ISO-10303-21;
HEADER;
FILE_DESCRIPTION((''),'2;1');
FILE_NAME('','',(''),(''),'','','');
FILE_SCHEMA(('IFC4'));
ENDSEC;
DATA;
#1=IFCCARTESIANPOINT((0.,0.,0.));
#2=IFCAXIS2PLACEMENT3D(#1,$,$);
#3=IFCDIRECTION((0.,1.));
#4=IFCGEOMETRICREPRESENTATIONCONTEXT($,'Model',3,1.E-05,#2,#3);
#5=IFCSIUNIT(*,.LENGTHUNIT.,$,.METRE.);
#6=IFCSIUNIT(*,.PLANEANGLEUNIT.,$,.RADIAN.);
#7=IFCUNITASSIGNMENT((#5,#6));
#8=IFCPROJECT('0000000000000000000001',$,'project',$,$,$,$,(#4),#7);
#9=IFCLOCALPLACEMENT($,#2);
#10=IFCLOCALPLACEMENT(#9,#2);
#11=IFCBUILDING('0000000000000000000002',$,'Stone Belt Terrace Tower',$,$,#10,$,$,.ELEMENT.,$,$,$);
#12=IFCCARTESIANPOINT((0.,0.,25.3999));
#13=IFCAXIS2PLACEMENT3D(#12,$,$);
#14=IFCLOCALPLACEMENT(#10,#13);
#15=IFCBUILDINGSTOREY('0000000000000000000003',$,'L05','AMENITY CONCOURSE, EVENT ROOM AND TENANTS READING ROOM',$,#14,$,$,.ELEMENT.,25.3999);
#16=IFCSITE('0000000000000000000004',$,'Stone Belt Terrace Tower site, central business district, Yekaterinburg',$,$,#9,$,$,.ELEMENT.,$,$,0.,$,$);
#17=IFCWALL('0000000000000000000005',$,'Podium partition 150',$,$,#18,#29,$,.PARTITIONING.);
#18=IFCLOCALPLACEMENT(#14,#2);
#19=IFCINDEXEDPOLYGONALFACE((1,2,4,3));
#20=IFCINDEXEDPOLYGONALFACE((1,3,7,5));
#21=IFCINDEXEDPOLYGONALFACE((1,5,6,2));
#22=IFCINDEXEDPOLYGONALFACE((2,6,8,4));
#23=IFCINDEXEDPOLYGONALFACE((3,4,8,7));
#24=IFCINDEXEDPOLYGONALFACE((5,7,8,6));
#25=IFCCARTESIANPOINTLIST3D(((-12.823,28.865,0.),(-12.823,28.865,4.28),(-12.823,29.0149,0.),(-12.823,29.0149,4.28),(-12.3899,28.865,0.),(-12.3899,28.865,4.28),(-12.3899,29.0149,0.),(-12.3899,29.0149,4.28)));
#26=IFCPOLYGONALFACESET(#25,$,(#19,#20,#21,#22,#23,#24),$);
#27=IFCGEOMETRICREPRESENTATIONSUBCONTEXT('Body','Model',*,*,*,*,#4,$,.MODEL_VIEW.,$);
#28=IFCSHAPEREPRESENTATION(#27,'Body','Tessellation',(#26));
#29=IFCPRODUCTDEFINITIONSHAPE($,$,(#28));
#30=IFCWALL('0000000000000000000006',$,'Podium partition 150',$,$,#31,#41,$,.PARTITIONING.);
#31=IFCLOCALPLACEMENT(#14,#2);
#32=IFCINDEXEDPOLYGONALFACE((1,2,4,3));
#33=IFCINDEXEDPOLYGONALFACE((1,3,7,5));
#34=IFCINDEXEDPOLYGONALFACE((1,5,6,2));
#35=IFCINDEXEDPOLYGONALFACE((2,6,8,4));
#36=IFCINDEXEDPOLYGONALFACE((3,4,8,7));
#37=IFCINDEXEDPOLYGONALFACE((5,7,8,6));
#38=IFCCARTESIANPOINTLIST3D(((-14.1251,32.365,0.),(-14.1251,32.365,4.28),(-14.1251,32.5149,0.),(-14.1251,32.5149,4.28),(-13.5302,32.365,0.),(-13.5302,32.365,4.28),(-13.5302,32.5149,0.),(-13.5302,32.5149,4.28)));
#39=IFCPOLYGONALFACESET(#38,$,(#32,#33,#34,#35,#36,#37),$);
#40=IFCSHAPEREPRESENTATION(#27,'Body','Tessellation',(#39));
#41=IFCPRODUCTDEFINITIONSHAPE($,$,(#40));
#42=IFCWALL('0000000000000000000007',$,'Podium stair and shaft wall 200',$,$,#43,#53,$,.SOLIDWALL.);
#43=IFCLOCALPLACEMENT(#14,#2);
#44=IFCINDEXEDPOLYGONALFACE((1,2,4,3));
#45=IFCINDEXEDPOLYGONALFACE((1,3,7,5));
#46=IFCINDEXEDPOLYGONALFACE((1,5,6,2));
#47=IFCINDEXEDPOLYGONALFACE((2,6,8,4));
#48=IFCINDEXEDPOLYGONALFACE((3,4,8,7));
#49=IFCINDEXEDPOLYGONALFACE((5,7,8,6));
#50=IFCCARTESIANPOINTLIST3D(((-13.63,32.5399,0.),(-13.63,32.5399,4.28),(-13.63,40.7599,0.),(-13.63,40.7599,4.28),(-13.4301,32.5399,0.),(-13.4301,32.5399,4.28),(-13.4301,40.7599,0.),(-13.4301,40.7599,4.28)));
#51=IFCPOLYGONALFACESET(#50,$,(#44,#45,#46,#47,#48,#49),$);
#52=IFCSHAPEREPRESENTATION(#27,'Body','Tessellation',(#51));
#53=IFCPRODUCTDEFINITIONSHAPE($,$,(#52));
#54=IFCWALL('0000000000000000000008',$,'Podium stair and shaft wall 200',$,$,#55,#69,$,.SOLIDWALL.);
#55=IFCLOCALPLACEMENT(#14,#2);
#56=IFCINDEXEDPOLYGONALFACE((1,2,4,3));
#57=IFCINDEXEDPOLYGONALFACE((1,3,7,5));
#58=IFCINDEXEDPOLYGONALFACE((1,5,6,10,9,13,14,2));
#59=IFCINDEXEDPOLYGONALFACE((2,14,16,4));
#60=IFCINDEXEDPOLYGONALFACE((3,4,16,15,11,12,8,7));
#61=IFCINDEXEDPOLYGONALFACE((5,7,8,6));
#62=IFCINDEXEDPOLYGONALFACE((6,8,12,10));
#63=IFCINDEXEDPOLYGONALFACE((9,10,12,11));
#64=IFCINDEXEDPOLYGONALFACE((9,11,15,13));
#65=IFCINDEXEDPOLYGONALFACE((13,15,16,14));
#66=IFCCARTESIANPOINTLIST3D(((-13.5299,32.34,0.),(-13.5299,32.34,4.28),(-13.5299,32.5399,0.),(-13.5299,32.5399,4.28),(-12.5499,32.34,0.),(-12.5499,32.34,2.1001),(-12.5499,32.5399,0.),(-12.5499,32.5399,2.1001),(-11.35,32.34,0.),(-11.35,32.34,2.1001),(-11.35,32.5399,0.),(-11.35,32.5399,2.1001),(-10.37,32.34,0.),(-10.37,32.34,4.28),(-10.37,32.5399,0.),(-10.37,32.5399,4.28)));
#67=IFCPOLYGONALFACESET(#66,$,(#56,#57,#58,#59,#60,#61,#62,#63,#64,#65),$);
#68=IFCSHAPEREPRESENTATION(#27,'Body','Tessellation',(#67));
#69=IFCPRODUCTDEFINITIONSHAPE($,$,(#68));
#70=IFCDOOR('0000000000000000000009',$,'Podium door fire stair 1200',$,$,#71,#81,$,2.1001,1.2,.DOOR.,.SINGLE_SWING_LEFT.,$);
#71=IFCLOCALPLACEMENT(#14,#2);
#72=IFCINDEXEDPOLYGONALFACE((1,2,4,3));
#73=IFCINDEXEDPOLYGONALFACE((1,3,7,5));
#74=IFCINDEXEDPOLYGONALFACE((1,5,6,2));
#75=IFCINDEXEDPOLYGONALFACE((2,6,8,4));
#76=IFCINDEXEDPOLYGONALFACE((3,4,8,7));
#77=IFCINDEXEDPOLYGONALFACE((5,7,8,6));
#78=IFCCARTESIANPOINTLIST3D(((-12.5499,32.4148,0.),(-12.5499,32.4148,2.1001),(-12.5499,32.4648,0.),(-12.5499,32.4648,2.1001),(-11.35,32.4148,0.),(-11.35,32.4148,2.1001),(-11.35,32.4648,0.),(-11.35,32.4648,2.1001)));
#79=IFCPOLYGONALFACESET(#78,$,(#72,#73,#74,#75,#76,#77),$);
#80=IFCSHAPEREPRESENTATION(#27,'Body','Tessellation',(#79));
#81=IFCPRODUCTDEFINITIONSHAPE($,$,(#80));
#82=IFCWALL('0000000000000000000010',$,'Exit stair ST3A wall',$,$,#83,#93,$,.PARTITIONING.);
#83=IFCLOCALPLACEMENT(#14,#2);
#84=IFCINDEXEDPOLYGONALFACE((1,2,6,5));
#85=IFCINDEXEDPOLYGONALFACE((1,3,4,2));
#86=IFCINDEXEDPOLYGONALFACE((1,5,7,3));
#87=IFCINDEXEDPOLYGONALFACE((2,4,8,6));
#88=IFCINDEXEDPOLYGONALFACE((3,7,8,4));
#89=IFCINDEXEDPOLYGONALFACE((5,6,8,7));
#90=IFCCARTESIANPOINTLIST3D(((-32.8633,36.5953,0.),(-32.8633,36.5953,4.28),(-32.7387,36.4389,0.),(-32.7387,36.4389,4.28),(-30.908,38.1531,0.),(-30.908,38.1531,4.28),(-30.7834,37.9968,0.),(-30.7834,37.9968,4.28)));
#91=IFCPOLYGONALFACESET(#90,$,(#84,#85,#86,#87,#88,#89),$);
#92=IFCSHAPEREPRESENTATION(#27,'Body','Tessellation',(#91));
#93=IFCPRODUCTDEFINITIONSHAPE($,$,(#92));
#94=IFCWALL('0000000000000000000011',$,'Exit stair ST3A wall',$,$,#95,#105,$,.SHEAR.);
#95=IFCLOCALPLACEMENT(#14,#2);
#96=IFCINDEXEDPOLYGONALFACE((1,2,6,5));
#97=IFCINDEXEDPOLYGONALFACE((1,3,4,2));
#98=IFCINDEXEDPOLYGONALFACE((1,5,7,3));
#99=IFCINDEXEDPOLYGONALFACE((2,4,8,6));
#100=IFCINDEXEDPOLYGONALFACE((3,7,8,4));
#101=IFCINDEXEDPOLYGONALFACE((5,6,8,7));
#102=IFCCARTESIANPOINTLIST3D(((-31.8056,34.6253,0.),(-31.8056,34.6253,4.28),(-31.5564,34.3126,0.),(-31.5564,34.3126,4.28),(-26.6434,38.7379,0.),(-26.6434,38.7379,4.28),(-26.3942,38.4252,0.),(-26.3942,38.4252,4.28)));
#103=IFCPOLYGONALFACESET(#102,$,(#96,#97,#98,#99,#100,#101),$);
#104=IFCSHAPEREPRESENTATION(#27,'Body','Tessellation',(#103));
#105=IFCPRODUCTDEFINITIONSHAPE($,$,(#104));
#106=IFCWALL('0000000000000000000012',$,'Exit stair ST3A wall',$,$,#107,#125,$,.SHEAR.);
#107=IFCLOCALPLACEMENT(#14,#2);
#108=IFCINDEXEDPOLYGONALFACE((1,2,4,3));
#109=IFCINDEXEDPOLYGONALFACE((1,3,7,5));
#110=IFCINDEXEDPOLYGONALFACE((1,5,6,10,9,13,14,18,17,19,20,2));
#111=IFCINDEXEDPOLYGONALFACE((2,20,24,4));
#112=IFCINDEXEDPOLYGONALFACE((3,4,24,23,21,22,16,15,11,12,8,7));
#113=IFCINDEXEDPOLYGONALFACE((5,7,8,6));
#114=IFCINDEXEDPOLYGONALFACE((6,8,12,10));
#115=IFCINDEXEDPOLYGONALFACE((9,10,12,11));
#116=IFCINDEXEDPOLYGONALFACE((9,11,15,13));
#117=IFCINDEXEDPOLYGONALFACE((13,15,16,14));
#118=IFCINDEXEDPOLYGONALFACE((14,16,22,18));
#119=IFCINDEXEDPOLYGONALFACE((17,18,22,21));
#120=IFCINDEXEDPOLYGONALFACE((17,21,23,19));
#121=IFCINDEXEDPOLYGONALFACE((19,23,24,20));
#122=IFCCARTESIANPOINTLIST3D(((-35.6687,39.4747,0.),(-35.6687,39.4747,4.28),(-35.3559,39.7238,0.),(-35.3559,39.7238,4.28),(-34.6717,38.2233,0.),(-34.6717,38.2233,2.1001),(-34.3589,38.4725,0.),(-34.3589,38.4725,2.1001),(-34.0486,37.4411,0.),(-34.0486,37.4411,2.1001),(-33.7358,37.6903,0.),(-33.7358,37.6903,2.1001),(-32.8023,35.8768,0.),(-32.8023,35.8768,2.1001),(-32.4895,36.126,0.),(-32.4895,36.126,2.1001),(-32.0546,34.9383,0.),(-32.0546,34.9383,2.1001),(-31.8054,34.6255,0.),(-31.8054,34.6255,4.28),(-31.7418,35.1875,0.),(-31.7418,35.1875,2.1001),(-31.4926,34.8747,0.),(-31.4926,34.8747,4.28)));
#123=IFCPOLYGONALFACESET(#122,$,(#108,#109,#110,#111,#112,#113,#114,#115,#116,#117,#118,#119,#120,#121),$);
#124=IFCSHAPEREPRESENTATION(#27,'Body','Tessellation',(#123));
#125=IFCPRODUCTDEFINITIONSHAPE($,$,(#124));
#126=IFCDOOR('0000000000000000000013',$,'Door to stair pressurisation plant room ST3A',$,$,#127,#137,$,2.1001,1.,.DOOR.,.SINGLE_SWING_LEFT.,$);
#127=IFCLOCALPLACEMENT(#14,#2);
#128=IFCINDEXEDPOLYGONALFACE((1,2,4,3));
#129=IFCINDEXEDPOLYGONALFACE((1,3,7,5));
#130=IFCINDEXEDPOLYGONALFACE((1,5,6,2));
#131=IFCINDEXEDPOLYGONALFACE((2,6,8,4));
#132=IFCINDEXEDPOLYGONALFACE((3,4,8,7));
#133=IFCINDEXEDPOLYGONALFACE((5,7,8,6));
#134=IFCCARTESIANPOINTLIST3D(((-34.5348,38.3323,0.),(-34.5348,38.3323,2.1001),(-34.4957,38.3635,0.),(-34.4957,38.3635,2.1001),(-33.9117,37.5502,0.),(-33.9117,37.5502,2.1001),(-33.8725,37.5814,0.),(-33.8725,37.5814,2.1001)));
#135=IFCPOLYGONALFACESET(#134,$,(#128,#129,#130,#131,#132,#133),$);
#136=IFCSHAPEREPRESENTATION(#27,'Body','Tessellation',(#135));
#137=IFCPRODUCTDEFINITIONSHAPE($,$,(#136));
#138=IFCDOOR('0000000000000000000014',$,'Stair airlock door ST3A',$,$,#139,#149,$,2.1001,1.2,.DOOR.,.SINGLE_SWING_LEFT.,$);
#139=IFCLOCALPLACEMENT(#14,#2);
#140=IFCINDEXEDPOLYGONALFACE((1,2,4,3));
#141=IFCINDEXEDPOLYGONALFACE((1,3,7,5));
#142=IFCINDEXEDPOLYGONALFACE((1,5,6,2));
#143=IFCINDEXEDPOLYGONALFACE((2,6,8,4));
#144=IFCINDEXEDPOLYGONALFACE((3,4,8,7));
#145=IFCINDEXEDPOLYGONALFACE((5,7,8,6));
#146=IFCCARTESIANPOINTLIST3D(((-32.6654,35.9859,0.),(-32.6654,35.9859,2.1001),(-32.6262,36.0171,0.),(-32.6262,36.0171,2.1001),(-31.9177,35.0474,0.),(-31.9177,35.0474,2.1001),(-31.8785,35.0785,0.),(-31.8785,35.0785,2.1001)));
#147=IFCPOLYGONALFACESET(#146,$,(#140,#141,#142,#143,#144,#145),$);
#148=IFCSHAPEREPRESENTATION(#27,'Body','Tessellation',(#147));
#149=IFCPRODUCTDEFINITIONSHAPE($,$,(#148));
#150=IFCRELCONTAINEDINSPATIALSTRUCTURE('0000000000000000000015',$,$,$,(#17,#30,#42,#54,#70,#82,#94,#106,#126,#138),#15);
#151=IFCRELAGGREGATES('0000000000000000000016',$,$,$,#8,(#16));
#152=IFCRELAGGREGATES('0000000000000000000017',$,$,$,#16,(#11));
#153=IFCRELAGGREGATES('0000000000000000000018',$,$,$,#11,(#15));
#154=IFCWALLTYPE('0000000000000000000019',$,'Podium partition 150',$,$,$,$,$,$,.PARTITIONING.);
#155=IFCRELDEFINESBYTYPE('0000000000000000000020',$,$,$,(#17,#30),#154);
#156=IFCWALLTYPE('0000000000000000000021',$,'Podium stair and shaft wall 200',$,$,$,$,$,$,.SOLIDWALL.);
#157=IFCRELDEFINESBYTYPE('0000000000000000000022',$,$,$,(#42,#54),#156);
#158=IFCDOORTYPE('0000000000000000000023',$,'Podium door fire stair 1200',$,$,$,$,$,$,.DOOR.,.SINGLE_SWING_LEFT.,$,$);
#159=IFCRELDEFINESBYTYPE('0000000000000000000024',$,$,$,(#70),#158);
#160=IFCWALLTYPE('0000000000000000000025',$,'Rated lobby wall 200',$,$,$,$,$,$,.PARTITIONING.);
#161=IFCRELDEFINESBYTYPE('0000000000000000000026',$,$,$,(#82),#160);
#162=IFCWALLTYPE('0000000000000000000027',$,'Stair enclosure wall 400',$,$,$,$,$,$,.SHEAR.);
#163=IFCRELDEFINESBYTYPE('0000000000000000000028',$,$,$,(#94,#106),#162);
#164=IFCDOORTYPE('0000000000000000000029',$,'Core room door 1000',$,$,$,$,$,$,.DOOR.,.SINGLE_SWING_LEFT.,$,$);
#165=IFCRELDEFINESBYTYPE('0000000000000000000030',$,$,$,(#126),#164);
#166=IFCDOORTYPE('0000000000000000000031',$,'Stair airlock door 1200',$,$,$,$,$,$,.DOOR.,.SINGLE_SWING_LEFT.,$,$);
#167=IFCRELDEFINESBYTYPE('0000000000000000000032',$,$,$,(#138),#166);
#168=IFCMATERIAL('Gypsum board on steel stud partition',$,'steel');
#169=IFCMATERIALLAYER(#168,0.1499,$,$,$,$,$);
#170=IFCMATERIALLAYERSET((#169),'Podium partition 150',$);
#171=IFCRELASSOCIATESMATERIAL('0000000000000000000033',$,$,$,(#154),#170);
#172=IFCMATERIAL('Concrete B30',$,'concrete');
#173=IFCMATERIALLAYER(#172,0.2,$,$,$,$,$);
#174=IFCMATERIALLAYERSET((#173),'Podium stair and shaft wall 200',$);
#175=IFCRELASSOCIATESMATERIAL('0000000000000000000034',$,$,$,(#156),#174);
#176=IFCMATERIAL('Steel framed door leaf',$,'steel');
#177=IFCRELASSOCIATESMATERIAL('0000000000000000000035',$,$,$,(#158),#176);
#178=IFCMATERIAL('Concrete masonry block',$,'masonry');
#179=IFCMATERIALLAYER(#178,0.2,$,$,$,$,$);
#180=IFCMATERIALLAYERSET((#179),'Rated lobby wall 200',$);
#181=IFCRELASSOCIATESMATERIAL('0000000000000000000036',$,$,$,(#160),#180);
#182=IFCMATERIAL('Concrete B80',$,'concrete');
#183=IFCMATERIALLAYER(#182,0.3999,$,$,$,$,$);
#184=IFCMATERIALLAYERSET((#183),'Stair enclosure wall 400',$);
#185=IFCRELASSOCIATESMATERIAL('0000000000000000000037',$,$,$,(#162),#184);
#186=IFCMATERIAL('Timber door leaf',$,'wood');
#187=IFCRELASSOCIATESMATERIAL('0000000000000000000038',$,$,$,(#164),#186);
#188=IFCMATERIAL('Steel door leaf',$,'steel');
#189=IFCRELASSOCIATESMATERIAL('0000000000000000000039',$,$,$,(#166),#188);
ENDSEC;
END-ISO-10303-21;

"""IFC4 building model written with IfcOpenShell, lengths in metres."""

from ifc_helpers import new_model, si_unit, direction, frame, frame_2d, origin, place, context, subcontext, project, spatial, rectangle, extrude, material, layer, layer_set, type_object, element, fill, save


model = new_model("IFC4")

# Units and contexts
model_context = context("Model", 3, precision=1e-05, world=origin(), true_north=direction((0.0, 1.0)))
body_context = subcontext(model_context, "Body", "Model", "MODEL_VIEW")
ifc_project = project(units=[si_unit("LENGTHUNIT", "METRE"), si_unit("PLANEANGLEUNIT", "RADIAN")], contexts=[model_context])

# Site, building, storey
site_placement = place(None, origin())
site = spatial("IfcSite", under=ifc_project, at=site_placement, Name="Stone Belt Terrace Tower site, central business district, Yekaterinburg", CompositionType="ELEMENT", RefElevation=0.0)
building_placement = place(site_placement, origin())
building = spatial("IfcBuilding", under=site, at=building_placement, Name="Stone Belt Terrace Tower", CompositionType="ELEMENT")
storey_placement = place(building_placement, frame((0.0, 0.0, 25.3999)))
storey = spatial("IfcBuildingStorey", under=building, at=storey_placement, Name="L05", Description="AMENITY CONCOURSE, EVENT ROOM AND TENANTS READING ROOM", CompositionType="ELEMENT", Elevation=25.3999)

# Shared definitions
ifc_material_1 = material(Name="Concrete B80", Category="concrete")

# Shared definitions
ifc_material_2 = material(Name="Concrete B30", Category="concrete")
ifc_material_3 = material(Name="Gypsum board on steel stud partition", Category="steel")
ifc_layer_1 = layer(ifc_material_3, 0.1499)
ifc_layer_set_1 = layer_set([ifc_layer_1], Name="Podium partition 150")
wall_type_1 = type_object("IfcWallType", Name="Podium partition 150", PredefinedType="PARTITIONING", material=ifc_layer_set_1)

# Walls
wall_1_placement = place(storey_placement, frame((-12.823, 28.9399, 0.0), z_axis=(0.0, 0.0, 1.0), x_axis=(1.0, 0.0, 0.0)))
element("IfcWall", 1, at=wall_1_placement, inside=storey, type_object=wall_type_1, Name="Podium partition 150", PredefinedType="PARTITIONING", context=body_context, shape_type="SweptSolid", body=[
    extrude(rectangle(XDim=0.4331, YDim=0.1499, at=frame_2d((0.2166, 0.0))), origin(), (0.0, 0.0, 1.0), 4.28),
])
wall_2_placement = place(storey_placement, frame((-14.125, 32.4399, 0.0), z_axis=(0.0, 0.0, 1.0), x_axis=(1.0, 0.0, 0.0)))
element("IfcWall", 2, at=wall_2_placement, inside=storey, type_object=wall_type_1, Name="Podium partition 150", PredefinedType="PARTITIONING", context=body_context, shape_type="SweptSolid", body=[
    extrude(rectangle(XDim=0.595, YDim=0.1499, at=frame_2d((0.2974, 0.0))), origin(), (0.0, 0.0, 1.0), 4.28),
])
ifc_layer_2 = layer(ifc_material_2, 0.2)
ifc_layer_set_2 = layer_set([ifc_layer_2], Name="Podium stair and shaft wall 200")
wall_type_2 = type_object("IfcWallType", Name="Podium stair and shaft wall 200", PredefinedType="SOLIDWALL", material=ifc_layer_set_2)
wall_3_placement = place(storey_placement, frame((-13.53, 32.54, 0.0), z_axis=(0.0, 0.0, 1.0), x_axis=(0.0, 1.0, 0.0)))
element("IfcWall", 3, at=wall_3_placement, inside=storey, type_object=wall_type_2, Name="Podium stair and shaft wall 200", PredefinedType="SOLIDWALL", context=body_context, shape_type="SweptSolid", body=[
    extrude(rectangle(XDim=8.22, YDim=0.2, at=frame_2d((4.1099, 0.0))), origin(), (0.0, 0.0, 1.0), 4.28),
])

# Wall, opening, door
wall_4_placement = place(storey_placement, frame((-13.53, 32.4399, 0.0), z_axis=(0.0, 0.0, 1.0), x_axis=(1.0, 0.0, 0.0)))
wall_4 = element("IfcWall", 4, at=wall_4_placement, inside=storey, type_object=wall_type_2, Name="Podium stair and shaft wall 200", PredefinedType="SOLIDWALL", context=body_context, shape_type="SweptSolid", body=[
    extrude(rectangle(XDim=3.1599, YDim=0.2, at=frame_2d((1.5801, 0.0))), origin(), (0.0, 0.0, 1.0), 4.28),
])
opening_1_placement = place(wall_4_placement, frame((0.98, 0.0, 0.0)))
opening_1 = element("IfcOpeningElement", 5, at=opening_1_placement, cuts=wall_4, PredefinedType="OPENING", context=body_context, shape_type="SweptSolid", body=[
    extrude(rectangle(XDim=1.2, YDim=2.1001, at=frame_2d((0.6001, 1.05))), frame((0.0, 0.1099, 0.0), z_axis=(0.0, -1.0, 0.0), x_axis=(1.0, 0.0, 0.0)), (0.0, 0.0, 1.0), 0.22),
])
ifc_material_4 = material(Name="Steel framed door leaf", Category="steel")
door_type_1 = type_object("IfcDoorType", Name="Podium door fire stair 1200", OperationType="SINGLE_SWING_LEFT", PredefinedType="DOOR", material=ifc_material_4)
door_1_placement = place(opening_1_placement, origin())
door_1 = element("IfcDoor", 6, at=door_1_placement, inside=storey, type_object=door_type_1, Name="Podium door fire stair 1200", OperationType="SINGLE_SWING_LEFT", OverallHeight=2.1001, OverallWidth=1.2, PredefinedType="DOOR", context=body_context, shape_type="SweptSolid", body=[
    extrude(rectangle(XDim=1.2, YDim=2.1001, at=frame_2d((0.6001, 1.05))), frame((0.0, 0.0249, 0.0), z_axis=(0.0, -1.0, 0.0), x_axis=(1.0, 0.0, 0.0)), (0.0, 0.0, 1.0), 0.05),
])
fill(opening_1, door_1)

# Walls
ifc_material_5 = material(Name="Concrete masonry block", Category="masonry")
ifc_layer_3 = layer(ifc_material_5, 0.2)
ifc_layer_set_3 = layer_set([ifc_layer_3], Name="Rated lobby wall 200")
wall_type_3 = type_object("IfcWallType", Name="Rated lobby wall 200", PredefinedType="PARTITIONING", material=ifc_layer_set_3)
wall_5_placement = place(storey_placement, frame((-30.8457, 38.075, 0.0), z_axis=(0.0, 0.0, 1.0), x_axis=(-0.782115, -0.623134, 0.0)))
element("IfcWall", 7, at=wall_5_placement, inside=storey, type_object=wall_type_3, Name="Exit stair ST3A wall", PredefinedType="PARTITIONING", context=body_context, shape_type="SweptSolid", body=[
    extrude(rectangle(XDim=2.5, YDim=0.2, at=frame_2d((1.25, 0.0))), origin(), (0.0, 0.0, 1.0), 4.28),
])
ifc_layer_4 = layer(ifc_material_1, 0.3999)
ifc_layer_set_4 = layer_set([ifc_layer_4], Name="Stair enclosure wall 400")
wall_type_4 = type_object("IfcWallType", Name="Stair enclosure wall 400", PredefinedType="SHEAR", material=ifc_layer_set_4)
wall_6_placement = place(storey_placement, frame((-26.5188, 38.5815, 0.0), z_axis=(0.0, 0.0, 1.0), x_axis=(-0.782134, -0.62311, 0.0)))
element("IfcWall", 8, at=wall_6_placement, inside=storey, type_object=wall_type_4, Name="Exit stair ST3A wall", PredefinedType="SHEAR", context=body_context, shape_type="SweptSolid", body=[
    extrude(rectangle(XDim=6.6001, YDim=0.3999, at=frame_2d((3.3, 0.0))), origin(), (0.0, 0.0, 1.0), 4.28),
])

# Wall, openings, doors
wall_7_placement = place(storey_placement, frame((-31.6489, 34.75, 0.0), z_axis=(0.0, 0.0, 1.0), x_axis=(-0.623119, 0.782127, 0.0)))
wall_7 = element("IfcWall", 9, at=wall_7_placement, inside=storey, type_object=wall_type_4, Name="Exit stair ST3A wall", PredefinedType="SHEAR", context=body_context, shape_type="SweptSolid", body=[
    extrude(rectangle(XDim=6.2, YDim=0.3999, at=frame_2d((3.1001, 0.0))), origin(), (0.0, 0.0, 1.0), 4.28),
])
opening_2_placement = place(wall_7_placement, frame((0.3999, 0.0, 0.0)))
opening_2 = element("IfcOpeningElement", 10, at=opening_2_placement, cuts=wall_7, PredefinedType="OPENING", context=body_context, shape_type="SweptSolid", body=[
    extrude(rectangle(XDim=1.2, YDim=2.1001, at=frame_2d((0.6001, 1.05))), frame((0.0, 0.21, 0.0), z_axis=(0.0, -1.0, 0.0), x_axis=(1.0, 0.0, 0.0)), (0.0, 0.0, 1.0), 0.4199),
])
opening_3_placement = place(wall_7_placement, frame((3.6001, 0.0, 0.0)))
opening_3 = element("IfcOpeningElement", 11, at=opening_3_placement, cuts=wall_7, PredefinedType="OPENING", context=body_context, shape_type="SweptSolid", body=[
    extrude(rectangle(XDim=1.0, YDim=2.1001, at=frame_2d((0.5, 1.05))), frame((0.0, 0.21, 0.0), z_axis=(0.0, -1.0, 0.0), x_axis=(1.0, 0.0, 0.0)), (0.0, 0.0, 1.0), 0.4199),
])
ifc_material_6 = material(Name="Timber door leaf", Category="wood")
door_type_2 = type_object("IfcDoorType", Name="Core room door 1000", OperationType="SINGLE_SWING_LEFT", PredefinedType="DOOR", material=ifc_material_6)
door_2_placement = place(opening_3_placement, origin())
door_2 = element("IfcDoor", 12, at=door_2_placement, inside=storey, type_object=door_type_2, Name="Door to stair pressurisation plant room ST3A", OperationType="SINGLE_SWING_LEFT", OverallHeight=2.1001, OverallWidth=1.0, PredefinedType="DOOR", context=body_context, shape_type="SweptSolid", body=[
    extrude(rectangle(XDim=1.0, YDim=2.1001, at=frame_2d((0.5, 1.05))), frame((0.0, 0.0249, 0.0), z_axis=(0.0, -1.0, 0.0), x_axis=(1.0, 0.0, 0.0)), (0.0, 0.0, 1.0), 0.05),
])
fill(opening_3, door_2)
ifc_material_7 = material(Name="Steel door leaf", Category="steel")
door_type_3 = type_object("IfcDoorType", Name="Stair airlock door 1200", OperationType="SINGLE_SWING_LEFT", PredefinedType="DOOR", material=ifc_material_7)
door_3_placement = place(opening_2_placement, origin())
door_3 = element("IfcDoor", 13, at=door_3_placement, inside=storey, type_object=door_type_3, Name="Stair airlock door ST3A", OperationType="SINGLE_SWING_LEFT", OverallHeight=2.1001, OverallWidth=1.2, PredefinedType="DOOR", context=body_context, shape_type="SweptSolid", body=[
    extrude(rectangle(XDim=1.2, YDim=2.1001, at=frame_2d((0.6001, 1.05))), frame((0.0, 0.0249, 0.0), z_axis=(0.0, -1.0, 0.0), x_axis=(1.0, 0.0, 0.0)), (0.0, 0.0, 1.0), 0.05),
])
fill(opening_2, door_3)

save(model, "model.ifc")
